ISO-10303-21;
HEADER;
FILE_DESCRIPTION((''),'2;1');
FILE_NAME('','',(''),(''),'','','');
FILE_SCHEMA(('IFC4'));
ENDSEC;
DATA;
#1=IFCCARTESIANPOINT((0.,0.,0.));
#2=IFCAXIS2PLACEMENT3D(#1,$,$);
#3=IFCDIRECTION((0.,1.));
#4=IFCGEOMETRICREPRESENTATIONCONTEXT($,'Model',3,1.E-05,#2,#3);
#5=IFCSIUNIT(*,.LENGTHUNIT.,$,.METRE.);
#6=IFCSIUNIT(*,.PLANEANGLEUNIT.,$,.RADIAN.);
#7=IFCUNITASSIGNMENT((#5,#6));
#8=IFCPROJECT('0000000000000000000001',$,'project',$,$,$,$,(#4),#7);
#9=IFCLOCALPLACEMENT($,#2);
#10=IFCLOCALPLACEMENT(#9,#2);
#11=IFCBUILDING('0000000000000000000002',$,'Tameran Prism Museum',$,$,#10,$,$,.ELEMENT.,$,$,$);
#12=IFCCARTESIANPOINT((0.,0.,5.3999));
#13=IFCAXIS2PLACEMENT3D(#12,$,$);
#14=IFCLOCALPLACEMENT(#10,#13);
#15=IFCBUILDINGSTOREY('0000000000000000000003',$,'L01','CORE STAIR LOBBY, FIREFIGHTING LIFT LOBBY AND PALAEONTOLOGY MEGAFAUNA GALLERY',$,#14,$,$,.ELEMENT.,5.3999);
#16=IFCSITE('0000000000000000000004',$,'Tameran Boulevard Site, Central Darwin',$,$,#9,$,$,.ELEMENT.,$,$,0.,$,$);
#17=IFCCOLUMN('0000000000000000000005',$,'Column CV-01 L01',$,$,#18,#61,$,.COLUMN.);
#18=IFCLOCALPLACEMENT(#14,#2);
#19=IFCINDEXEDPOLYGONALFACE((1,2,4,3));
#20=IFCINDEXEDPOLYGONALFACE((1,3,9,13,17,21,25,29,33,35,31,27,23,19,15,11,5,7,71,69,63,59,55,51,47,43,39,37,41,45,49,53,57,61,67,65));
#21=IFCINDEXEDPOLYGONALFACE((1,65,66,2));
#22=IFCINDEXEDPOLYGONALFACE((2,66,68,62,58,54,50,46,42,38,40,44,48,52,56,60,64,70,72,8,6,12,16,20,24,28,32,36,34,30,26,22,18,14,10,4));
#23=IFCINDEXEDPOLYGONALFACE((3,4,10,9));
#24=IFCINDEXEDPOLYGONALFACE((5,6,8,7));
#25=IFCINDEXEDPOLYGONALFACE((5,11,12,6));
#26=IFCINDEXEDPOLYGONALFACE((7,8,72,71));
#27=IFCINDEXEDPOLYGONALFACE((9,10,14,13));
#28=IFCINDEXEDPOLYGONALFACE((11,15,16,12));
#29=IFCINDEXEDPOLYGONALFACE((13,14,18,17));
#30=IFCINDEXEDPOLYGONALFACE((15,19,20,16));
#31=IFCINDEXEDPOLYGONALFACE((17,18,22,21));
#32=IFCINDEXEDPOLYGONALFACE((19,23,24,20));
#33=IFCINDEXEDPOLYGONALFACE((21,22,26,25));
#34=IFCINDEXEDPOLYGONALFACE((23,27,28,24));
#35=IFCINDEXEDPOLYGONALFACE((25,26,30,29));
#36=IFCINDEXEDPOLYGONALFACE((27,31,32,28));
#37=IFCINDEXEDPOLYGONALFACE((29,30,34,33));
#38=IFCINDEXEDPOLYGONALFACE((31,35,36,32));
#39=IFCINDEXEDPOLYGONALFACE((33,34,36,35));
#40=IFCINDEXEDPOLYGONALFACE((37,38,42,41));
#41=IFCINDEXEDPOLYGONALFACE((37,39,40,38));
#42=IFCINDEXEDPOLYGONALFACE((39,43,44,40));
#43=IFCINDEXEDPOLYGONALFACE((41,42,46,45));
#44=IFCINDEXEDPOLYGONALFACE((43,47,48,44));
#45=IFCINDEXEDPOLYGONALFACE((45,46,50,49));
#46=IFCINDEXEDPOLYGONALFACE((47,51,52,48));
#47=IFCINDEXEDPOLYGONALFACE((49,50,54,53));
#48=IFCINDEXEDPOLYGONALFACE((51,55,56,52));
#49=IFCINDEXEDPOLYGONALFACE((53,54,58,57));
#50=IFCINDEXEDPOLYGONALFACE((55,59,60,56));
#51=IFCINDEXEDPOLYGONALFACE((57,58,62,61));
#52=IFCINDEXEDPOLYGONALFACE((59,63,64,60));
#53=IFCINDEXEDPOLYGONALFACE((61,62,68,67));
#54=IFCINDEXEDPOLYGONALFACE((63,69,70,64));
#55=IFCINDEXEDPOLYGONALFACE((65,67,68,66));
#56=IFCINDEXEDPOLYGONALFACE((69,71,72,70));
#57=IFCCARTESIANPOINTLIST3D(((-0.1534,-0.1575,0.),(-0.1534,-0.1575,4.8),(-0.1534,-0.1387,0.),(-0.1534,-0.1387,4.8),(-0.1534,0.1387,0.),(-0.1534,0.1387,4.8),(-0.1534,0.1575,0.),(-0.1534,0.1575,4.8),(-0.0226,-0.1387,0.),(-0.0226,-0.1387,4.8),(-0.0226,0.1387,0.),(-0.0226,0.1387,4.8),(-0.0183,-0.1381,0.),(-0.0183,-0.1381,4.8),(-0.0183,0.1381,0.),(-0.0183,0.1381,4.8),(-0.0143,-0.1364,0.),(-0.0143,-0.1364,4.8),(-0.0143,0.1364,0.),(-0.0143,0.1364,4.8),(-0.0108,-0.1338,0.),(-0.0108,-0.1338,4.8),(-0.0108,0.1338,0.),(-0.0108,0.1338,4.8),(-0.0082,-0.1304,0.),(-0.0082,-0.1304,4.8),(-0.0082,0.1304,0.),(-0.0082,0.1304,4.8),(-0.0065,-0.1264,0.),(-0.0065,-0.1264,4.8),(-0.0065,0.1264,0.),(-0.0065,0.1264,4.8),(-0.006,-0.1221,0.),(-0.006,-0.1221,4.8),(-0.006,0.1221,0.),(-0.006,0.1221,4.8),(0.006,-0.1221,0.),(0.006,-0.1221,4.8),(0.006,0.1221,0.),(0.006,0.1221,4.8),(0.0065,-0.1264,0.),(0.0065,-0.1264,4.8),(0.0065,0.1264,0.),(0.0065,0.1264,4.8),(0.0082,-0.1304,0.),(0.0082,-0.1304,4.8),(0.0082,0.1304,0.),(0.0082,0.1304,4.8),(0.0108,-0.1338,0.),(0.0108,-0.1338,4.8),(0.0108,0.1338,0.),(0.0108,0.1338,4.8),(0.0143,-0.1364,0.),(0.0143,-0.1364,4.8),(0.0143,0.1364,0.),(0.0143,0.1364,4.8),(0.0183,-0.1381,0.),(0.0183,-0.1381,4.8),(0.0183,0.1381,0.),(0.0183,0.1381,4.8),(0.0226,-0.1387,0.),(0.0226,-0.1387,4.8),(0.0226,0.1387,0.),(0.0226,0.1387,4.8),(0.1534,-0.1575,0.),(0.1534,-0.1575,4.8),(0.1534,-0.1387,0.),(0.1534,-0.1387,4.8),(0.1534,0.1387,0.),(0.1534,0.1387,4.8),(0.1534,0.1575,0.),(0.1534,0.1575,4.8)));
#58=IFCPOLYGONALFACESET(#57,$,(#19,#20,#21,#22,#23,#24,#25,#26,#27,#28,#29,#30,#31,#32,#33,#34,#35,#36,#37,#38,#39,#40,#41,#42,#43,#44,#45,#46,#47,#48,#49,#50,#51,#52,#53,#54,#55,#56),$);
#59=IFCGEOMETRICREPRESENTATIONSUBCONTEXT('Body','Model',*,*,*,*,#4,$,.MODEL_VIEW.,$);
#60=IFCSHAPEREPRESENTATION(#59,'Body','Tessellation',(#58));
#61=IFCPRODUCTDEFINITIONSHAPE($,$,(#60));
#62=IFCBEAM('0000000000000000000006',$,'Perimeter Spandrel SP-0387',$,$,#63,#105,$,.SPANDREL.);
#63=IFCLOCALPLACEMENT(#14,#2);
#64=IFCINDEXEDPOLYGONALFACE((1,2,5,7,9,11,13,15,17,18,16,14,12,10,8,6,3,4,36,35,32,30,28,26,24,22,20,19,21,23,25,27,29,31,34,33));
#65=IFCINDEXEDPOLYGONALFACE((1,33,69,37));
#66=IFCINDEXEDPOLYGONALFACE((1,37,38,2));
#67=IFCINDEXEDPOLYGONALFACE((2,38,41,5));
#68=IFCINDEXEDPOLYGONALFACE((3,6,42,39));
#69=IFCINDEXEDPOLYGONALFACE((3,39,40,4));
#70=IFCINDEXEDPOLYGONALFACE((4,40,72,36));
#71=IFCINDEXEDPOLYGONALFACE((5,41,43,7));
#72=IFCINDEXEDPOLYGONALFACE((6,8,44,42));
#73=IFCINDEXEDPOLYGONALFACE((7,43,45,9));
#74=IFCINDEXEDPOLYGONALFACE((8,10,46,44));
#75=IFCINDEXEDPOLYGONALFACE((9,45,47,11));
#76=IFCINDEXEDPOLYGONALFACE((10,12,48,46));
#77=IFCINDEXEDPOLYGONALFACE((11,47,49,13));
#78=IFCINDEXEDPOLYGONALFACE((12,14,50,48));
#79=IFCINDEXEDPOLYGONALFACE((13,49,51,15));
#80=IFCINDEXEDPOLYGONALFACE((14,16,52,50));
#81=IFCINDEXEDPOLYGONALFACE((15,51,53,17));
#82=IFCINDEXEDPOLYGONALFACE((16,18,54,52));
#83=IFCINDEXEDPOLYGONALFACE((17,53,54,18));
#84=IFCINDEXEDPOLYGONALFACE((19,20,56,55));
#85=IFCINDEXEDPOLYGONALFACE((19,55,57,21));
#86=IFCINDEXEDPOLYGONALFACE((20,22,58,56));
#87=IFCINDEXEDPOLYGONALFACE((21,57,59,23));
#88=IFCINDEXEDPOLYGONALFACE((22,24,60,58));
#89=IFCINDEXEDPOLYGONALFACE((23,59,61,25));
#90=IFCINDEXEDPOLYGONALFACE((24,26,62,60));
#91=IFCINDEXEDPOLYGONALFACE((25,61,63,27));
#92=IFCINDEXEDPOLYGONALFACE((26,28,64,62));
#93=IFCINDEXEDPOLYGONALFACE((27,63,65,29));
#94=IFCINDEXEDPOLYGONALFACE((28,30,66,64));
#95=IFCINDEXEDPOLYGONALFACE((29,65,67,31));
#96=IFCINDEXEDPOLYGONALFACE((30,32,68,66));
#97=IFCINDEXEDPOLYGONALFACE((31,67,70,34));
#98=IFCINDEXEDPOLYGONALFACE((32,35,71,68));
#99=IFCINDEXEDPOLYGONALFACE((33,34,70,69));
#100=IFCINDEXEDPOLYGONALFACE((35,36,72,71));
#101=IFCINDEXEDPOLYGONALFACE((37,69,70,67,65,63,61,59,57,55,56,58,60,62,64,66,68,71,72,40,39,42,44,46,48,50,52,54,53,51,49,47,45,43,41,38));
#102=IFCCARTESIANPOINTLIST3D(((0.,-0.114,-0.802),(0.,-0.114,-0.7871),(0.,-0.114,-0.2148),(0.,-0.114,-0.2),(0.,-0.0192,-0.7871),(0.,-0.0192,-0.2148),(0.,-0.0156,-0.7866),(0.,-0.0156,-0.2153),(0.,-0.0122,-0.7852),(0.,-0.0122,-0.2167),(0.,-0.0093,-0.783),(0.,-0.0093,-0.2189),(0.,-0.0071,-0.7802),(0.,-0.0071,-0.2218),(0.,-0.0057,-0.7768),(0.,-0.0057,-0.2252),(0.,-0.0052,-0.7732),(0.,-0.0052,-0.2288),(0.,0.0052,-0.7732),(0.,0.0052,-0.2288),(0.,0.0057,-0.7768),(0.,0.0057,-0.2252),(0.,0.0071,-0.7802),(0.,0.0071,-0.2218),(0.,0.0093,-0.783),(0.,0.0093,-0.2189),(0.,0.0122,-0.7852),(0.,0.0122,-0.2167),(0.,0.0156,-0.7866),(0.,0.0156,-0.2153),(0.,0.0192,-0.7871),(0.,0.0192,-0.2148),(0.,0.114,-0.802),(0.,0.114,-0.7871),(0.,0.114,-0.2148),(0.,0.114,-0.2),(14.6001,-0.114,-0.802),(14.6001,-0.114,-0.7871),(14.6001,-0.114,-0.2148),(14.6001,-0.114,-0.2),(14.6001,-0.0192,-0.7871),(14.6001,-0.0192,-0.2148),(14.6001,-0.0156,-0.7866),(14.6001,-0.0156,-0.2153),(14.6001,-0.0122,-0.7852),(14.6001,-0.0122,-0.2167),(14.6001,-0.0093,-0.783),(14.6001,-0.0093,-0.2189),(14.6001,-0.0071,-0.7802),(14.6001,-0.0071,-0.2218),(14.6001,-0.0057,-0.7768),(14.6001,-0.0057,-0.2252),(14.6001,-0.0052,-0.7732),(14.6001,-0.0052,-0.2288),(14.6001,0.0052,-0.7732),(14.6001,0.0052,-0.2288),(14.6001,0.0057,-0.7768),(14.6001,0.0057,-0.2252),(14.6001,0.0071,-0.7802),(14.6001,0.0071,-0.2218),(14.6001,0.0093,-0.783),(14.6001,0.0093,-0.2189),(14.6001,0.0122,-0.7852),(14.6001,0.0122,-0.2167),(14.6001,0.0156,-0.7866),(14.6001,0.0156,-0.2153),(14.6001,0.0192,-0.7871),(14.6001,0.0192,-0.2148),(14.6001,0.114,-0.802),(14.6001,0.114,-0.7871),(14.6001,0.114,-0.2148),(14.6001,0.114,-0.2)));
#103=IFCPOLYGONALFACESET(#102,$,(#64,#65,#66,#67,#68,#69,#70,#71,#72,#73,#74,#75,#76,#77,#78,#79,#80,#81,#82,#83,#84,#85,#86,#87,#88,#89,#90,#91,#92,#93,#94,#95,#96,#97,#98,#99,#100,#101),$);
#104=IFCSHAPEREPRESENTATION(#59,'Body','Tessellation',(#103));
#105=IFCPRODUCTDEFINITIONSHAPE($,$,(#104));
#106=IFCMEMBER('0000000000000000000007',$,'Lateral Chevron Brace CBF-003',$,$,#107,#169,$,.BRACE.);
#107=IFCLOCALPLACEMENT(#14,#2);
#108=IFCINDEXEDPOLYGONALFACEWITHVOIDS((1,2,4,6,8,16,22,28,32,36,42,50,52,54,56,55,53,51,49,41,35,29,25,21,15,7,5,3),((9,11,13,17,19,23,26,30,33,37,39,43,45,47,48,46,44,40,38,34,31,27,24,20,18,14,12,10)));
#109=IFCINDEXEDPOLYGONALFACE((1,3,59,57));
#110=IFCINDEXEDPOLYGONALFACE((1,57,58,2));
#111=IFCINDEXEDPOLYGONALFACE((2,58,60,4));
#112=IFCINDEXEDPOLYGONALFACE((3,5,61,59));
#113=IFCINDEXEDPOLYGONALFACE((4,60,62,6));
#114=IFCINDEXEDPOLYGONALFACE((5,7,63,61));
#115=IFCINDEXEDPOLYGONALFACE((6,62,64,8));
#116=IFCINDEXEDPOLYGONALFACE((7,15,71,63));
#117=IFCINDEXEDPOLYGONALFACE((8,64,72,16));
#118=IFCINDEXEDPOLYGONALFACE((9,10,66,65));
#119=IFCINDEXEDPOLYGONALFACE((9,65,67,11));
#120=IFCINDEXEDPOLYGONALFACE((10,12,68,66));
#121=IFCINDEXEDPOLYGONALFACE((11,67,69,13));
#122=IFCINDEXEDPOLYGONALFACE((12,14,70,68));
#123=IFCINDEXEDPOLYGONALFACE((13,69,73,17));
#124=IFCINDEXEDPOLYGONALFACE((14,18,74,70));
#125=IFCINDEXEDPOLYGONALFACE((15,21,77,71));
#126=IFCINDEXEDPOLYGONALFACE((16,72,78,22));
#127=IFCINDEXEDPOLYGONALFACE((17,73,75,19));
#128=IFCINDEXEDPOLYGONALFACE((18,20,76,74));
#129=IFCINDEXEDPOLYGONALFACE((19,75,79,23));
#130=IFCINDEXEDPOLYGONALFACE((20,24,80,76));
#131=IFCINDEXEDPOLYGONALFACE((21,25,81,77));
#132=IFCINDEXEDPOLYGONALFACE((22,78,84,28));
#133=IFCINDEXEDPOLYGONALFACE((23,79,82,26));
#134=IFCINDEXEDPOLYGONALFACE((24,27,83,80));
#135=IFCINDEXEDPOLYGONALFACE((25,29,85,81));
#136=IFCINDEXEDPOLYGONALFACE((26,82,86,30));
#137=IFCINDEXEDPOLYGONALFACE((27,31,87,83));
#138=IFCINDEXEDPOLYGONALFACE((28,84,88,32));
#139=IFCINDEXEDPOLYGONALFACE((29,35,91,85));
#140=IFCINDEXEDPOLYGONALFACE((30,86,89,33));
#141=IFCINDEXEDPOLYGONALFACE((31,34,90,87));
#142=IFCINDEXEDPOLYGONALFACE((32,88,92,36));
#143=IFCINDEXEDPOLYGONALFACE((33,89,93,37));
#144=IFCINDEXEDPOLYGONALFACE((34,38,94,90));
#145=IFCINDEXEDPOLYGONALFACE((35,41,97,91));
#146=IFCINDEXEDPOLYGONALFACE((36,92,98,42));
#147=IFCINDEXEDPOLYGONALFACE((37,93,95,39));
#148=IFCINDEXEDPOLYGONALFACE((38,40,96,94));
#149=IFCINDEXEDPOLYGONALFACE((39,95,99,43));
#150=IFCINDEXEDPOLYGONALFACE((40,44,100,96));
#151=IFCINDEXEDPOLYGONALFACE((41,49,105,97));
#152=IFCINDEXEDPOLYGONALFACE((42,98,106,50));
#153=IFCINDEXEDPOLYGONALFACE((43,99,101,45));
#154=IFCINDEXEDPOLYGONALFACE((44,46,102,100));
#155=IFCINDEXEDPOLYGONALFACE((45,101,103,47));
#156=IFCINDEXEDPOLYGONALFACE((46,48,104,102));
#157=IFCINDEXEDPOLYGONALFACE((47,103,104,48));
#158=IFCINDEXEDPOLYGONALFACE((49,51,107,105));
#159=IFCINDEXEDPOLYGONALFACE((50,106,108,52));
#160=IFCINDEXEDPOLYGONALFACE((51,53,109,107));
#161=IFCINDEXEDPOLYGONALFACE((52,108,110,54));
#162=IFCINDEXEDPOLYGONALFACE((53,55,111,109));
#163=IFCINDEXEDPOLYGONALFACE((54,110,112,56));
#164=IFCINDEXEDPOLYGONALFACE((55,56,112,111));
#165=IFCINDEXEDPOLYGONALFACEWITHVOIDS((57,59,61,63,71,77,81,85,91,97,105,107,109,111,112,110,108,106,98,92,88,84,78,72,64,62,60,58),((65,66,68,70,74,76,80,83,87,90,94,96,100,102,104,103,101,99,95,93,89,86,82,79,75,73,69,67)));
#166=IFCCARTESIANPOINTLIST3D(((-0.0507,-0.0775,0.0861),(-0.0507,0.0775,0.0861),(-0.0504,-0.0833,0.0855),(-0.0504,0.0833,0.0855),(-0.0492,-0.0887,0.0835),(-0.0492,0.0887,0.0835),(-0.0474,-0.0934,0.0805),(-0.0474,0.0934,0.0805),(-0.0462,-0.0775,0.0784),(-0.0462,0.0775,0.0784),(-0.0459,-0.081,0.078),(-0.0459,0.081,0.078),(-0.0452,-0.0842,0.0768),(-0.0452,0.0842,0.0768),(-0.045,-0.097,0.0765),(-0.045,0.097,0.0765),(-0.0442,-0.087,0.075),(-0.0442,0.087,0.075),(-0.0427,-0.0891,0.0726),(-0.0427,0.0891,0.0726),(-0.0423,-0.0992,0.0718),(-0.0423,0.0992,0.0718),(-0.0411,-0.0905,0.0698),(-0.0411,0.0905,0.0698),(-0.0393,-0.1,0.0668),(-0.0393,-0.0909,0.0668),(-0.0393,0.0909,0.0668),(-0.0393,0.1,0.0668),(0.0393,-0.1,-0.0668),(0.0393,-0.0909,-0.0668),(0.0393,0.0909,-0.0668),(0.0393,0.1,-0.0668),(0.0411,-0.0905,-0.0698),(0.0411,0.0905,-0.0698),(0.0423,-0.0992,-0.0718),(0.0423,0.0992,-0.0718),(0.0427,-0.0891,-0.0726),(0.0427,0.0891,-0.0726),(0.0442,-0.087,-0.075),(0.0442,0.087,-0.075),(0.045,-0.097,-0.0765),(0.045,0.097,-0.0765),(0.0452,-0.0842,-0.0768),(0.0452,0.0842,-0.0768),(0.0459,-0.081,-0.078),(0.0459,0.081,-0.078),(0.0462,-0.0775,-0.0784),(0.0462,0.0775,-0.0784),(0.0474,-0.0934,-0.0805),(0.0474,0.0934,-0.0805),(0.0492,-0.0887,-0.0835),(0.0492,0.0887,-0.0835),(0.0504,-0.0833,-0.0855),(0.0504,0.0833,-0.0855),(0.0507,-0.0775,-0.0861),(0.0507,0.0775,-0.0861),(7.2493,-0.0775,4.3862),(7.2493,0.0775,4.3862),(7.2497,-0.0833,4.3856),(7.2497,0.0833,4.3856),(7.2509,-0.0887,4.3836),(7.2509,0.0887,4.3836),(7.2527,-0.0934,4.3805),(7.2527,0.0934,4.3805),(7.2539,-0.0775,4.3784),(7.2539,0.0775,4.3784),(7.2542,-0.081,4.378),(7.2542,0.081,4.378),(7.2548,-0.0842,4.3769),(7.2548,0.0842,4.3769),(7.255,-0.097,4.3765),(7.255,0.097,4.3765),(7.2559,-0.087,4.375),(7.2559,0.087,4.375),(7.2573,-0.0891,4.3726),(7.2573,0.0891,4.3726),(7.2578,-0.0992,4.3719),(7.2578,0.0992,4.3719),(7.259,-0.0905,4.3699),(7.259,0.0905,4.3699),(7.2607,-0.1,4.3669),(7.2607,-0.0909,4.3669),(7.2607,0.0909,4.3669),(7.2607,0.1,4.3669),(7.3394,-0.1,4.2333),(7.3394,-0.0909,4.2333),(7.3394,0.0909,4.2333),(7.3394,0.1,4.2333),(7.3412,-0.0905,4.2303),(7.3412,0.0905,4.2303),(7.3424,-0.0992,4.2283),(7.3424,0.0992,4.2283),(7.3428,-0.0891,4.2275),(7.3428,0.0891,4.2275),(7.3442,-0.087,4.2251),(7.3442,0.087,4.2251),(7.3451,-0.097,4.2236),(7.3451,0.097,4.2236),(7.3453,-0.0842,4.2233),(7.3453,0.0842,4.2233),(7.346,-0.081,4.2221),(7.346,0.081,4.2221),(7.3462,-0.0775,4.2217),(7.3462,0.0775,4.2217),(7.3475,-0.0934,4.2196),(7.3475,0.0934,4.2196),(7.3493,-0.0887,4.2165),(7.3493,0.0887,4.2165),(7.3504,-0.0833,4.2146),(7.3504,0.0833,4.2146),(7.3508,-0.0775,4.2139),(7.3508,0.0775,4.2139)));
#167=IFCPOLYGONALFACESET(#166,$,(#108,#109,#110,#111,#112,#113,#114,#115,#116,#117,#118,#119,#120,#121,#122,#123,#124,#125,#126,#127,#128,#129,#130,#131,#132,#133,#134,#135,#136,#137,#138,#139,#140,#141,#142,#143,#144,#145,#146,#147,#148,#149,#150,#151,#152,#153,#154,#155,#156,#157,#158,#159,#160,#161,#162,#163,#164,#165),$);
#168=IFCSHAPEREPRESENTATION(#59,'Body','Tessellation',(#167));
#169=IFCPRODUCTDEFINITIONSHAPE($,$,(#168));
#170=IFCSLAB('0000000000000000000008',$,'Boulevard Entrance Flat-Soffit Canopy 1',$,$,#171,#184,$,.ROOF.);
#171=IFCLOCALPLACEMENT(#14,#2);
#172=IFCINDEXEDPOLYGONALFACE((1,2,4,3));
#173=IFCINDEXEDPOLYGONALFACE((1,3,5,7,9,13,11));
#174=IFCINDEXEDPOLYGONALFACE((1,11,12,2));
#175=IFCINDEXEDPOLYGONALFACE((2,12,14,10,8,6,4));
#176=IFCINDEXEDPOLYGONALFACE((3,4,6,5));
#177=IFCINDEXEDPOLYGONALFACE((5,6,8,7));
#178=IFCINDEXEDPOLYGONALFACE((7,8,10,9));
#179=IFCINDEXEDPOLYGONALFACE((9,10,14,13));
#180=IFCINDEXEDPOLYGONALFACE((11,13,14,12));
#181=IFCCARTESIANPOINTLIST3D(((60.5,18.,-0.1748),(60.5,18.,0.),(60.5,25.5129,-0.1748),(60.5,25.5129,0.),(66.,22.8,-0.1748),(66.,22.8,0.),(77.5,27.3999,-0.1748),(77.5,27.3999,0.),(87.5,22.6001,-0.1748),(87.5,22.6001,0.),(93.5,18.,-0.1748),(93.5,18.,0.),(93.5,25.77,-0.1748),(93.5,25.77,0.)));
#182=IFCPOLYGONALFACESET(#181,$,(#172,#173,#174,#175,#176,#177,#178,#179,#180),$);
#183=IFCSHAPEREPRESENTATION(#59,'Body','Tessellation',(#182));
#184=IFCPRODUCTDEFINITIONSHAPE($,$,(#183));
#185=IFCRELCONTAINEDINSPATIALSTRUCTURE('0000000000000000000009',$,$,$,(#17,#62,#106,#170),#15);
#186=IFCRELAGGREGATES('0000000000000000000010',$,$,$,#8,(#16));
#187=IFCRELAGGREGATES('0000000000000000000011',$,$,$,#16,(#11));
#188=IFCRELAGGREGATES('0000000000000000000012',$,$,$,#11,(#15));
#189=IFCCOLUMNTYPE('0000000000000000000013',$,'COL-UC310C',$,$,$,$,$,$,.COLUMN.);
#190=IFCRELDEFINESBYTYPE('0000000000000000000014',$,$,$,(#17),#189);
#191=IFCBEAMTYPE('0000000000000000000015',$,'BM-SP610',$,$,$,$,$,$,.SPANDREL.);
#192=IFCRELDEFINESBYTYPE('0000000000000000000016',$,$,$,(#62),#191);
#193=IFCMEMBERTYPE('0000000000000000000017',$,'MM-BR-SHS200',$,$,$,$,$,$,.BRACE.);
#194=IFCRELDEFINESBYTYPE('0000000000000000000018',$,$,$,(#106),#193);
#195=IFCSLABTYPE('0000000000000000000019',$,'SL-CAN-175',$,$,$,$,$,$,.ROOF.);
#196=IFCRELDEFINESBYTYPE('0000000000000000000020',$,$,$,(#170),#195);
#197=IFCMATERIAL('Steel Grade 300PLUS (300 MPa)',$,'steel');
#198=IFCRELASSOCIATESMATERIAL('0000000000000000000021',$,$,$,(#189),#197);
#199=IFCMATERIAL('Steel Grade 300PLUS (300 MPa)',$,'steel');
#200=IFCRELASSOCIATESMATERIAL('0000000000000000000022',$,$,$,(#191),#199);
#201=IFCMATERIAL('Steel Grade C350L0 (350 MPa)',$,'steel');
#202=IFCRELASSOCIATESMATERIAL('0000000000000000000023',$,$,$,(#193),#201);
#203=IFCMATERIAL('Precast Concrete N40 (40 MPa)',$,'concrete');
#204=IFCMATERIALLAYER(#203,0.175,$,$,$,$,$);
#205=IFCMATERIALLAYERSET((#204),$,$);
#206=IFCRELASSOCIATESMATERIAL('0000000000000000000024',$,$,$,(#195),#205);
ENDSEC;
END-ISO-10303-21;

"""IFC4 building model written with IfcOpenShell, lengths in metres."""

from ifc_helpers import new_model, si_unit, direction, frame, origin, origin_with_axes, origin_2d, place, context, subcontext, project, spatial, polyline, hollow_rectangle, i_section, outline, extrude, material, layer, layer_set, material_profile, profile_set, type_object, element, save


model = new_model("IFC4")

# Units and contexts
model_context = context("Model", 3, precision=1e-05, world=origin(), true_north=direction((0.0, 1.0)))
body_context = subcontext(model_context, "Body", "Model", "MODEL_VIEW")
ifc_project = project(units=[si_unit("LENGTHUNIT", "METRE"), si_unit("PLANEANGLEUNIT", "RADIAN")], contexts=[model_context])

# Site, building, storey
site_placement = place(None, origin())
site = spatial("IfcSite", under=ifc_project, at=site_placement, Name="Tameran Boulevard Site, Central Darwin", CompositionType="ELEMENT", RefElevation=0.0)
building_placement = place(site_placement, origin())
building = spatial("IfcBuilding", under=site, at=building_placement, Name="Tameran Prism Museum", CompositionType="ELEMENT")
storey_placement = place(building_placement, frame((0.0, 0.0, 5.3999)))
storey = spatial("IfcBuildingStorey", under=building, at=storey_placement, Name="L01", Description="CORE STAIR LOBBY, FIREFIGHTING LIFT LOBBY AND PALAEONTOLOGY MEGAFAUNA GALLERY", CompositionType="ELEMENT", Elevation=5.3999)

# Column
ifc_material_1 = material(Name="Steel Grade 300PLUS (300 MPa)", Category="steel")
ifc_material_profile_1 = material_profile(ifc_material_1, i_section(OverallWidth=0.3069, OverallDepth=0.3149, WebThickness=0.012, FlangeThickness=0.0188, FilletRadius=0.0166, at=origin_2d()))
ifc_profile_set_1 = profile_set([ifc_material_profile_1])
column_type = type_object("IfcColumnType", Name="COL-UC310C", PredefinedType="COLUMN", material=ifc_profile_set_1)
column_placement = place(storey_placement, origin_with_axes())
element("IfcColumn", 1, at=column_placement, inside=storey, type_object=column_type, Name="Column CV-01 L01", PredefinedType="COLUMN", context=body_context, shape_type="SweptSolid", body=[
    extrude(i_section(OverallWidth=0.3069, OverallDepth=0.3149, WebThickness=0.012, FlangeThickness=0.0188, FilletRadius=0.0166, at=origin_2d()), origin(), (0.0, 0.0, 1.0), 4.8),
])

# Beam
ifc_material_2 = material(Name="Steel Grade 300PLUS (300 MPa)", Category="steel")
ifc_material_profile_2 = material_profile(ifc_material_2, i_section(OverallWidth=0.228, OverallDepth=0.6021, WebThickness=0.0105, FlangeThickness=0.0149, FilletRadius=0.0139, at=origin_2d()))
ifc_profile_set_2 = profile_set([ifc_material_profile_2])
beam_type = type_object("IfcBeamType", Name="BM-SP610", PredefinedType="SPANDREL", material=ifc_profile_set_2)
beam_placement = place(storey_placement, frame((0.0, 0.0, -0.501), z_axis=(1.0, 0.0, 0.0), x_axis=(0.0, 1.0, 0.0)))
element("IfcBeam", 2, at=beam_placement, inside=storey, type_object=beam_type, Name="Perimeter Spandrel SP-0387", PredefinedType="SPANDREL", context=body_context, shape_type="SweptSolid", body=[
    extrude(i_section(OverallWidth=0.228, OverallDepth=0.6021, WebThickness=0.0105, FlangeThickness=0.0149, FilletRadius=0.0139, at=origin_2d()), origin(), (0.0, 0.0, 1.0), 14.6001),
])

# Member
ifc_material_3 = material(Name="Steel Grade C350L0 (350 MPa)", Category="steel")
ifc_material_profile_3 = material_profile(ifc_material_3, hollow_rectangle(XDim=0.2, YDim=0.2, WallThickness=0.009, InnerFilletRadius=0.0134, OuterFilletRadius=0.0225, at=origin_2d()))
ifc_profile_set_3 = profile_set([ifc_material_profile_3])
member_type = type_object("IfcMemberType", Name="MM-BR-SHS200", PredefinedType="BRACE", material=ifc_profile_set_3)
member_placement = place(storey_placement, frame((0.0, 0.0, 0.0), z_axis=(0.86163, 0.0, 0.507538), x_axis=(0.0, 1.0, 0.0)))
element("IfcMember", 3, at=member_placement, inside=storey, type_object=member_type, Name="Lateral Chevron Brace CBF-003", PredefinedType="BRACE", context=body_context, shape_type="SweptSolid", body=[
    extrude(hollow_rectangle(XDim=0.2, YDim=0.2, WallThickness=0.009, InnerFilletRadius=0.0134, OuterFilletRadius=0.0225, at=origin_2d()), origin(), (0.0, 0.0, 1.0), 8.4724),
])

# Slab
ifc_material_4 = material(Name="Precast Concrete N40 (40 MPa)", Category="concrete")
ifc_layer_1 = layer(ifc_material_4, 0.175)
ifc_layer_set_1 = layer_set([ifc_layer_1])
slab_type_1 = type_object("IfcSlabType", Name="SL-CAN-175", PredefinedType="ROOF", material=ifc_layer_set_1)
slab_1_placement = place(storey_placement, frame((0.0, 0.0, -0.1748)))
element("IfcSlab", 4, at=slab_1_placement, inside=storey, type_object=slab_type_1, Name="Boulevard Entrance Flat-Soffit Canopy 1", PredefinedType="ROOF", context=body_context, shape_type="SweptSolid", body=[
    extrude(outline(polyline([(93.5, 18.0), (60.5, 18.0), (60.5, 25.5129), (66.0, 22.8), (77.5, 27.3999), (87.5, 22.6001), (93.5, 25.77), (93.5, 18.0)])), origin(), (0.0, 0.0, 1.0), 0.1748),
])

save(model, "model.ifc")
